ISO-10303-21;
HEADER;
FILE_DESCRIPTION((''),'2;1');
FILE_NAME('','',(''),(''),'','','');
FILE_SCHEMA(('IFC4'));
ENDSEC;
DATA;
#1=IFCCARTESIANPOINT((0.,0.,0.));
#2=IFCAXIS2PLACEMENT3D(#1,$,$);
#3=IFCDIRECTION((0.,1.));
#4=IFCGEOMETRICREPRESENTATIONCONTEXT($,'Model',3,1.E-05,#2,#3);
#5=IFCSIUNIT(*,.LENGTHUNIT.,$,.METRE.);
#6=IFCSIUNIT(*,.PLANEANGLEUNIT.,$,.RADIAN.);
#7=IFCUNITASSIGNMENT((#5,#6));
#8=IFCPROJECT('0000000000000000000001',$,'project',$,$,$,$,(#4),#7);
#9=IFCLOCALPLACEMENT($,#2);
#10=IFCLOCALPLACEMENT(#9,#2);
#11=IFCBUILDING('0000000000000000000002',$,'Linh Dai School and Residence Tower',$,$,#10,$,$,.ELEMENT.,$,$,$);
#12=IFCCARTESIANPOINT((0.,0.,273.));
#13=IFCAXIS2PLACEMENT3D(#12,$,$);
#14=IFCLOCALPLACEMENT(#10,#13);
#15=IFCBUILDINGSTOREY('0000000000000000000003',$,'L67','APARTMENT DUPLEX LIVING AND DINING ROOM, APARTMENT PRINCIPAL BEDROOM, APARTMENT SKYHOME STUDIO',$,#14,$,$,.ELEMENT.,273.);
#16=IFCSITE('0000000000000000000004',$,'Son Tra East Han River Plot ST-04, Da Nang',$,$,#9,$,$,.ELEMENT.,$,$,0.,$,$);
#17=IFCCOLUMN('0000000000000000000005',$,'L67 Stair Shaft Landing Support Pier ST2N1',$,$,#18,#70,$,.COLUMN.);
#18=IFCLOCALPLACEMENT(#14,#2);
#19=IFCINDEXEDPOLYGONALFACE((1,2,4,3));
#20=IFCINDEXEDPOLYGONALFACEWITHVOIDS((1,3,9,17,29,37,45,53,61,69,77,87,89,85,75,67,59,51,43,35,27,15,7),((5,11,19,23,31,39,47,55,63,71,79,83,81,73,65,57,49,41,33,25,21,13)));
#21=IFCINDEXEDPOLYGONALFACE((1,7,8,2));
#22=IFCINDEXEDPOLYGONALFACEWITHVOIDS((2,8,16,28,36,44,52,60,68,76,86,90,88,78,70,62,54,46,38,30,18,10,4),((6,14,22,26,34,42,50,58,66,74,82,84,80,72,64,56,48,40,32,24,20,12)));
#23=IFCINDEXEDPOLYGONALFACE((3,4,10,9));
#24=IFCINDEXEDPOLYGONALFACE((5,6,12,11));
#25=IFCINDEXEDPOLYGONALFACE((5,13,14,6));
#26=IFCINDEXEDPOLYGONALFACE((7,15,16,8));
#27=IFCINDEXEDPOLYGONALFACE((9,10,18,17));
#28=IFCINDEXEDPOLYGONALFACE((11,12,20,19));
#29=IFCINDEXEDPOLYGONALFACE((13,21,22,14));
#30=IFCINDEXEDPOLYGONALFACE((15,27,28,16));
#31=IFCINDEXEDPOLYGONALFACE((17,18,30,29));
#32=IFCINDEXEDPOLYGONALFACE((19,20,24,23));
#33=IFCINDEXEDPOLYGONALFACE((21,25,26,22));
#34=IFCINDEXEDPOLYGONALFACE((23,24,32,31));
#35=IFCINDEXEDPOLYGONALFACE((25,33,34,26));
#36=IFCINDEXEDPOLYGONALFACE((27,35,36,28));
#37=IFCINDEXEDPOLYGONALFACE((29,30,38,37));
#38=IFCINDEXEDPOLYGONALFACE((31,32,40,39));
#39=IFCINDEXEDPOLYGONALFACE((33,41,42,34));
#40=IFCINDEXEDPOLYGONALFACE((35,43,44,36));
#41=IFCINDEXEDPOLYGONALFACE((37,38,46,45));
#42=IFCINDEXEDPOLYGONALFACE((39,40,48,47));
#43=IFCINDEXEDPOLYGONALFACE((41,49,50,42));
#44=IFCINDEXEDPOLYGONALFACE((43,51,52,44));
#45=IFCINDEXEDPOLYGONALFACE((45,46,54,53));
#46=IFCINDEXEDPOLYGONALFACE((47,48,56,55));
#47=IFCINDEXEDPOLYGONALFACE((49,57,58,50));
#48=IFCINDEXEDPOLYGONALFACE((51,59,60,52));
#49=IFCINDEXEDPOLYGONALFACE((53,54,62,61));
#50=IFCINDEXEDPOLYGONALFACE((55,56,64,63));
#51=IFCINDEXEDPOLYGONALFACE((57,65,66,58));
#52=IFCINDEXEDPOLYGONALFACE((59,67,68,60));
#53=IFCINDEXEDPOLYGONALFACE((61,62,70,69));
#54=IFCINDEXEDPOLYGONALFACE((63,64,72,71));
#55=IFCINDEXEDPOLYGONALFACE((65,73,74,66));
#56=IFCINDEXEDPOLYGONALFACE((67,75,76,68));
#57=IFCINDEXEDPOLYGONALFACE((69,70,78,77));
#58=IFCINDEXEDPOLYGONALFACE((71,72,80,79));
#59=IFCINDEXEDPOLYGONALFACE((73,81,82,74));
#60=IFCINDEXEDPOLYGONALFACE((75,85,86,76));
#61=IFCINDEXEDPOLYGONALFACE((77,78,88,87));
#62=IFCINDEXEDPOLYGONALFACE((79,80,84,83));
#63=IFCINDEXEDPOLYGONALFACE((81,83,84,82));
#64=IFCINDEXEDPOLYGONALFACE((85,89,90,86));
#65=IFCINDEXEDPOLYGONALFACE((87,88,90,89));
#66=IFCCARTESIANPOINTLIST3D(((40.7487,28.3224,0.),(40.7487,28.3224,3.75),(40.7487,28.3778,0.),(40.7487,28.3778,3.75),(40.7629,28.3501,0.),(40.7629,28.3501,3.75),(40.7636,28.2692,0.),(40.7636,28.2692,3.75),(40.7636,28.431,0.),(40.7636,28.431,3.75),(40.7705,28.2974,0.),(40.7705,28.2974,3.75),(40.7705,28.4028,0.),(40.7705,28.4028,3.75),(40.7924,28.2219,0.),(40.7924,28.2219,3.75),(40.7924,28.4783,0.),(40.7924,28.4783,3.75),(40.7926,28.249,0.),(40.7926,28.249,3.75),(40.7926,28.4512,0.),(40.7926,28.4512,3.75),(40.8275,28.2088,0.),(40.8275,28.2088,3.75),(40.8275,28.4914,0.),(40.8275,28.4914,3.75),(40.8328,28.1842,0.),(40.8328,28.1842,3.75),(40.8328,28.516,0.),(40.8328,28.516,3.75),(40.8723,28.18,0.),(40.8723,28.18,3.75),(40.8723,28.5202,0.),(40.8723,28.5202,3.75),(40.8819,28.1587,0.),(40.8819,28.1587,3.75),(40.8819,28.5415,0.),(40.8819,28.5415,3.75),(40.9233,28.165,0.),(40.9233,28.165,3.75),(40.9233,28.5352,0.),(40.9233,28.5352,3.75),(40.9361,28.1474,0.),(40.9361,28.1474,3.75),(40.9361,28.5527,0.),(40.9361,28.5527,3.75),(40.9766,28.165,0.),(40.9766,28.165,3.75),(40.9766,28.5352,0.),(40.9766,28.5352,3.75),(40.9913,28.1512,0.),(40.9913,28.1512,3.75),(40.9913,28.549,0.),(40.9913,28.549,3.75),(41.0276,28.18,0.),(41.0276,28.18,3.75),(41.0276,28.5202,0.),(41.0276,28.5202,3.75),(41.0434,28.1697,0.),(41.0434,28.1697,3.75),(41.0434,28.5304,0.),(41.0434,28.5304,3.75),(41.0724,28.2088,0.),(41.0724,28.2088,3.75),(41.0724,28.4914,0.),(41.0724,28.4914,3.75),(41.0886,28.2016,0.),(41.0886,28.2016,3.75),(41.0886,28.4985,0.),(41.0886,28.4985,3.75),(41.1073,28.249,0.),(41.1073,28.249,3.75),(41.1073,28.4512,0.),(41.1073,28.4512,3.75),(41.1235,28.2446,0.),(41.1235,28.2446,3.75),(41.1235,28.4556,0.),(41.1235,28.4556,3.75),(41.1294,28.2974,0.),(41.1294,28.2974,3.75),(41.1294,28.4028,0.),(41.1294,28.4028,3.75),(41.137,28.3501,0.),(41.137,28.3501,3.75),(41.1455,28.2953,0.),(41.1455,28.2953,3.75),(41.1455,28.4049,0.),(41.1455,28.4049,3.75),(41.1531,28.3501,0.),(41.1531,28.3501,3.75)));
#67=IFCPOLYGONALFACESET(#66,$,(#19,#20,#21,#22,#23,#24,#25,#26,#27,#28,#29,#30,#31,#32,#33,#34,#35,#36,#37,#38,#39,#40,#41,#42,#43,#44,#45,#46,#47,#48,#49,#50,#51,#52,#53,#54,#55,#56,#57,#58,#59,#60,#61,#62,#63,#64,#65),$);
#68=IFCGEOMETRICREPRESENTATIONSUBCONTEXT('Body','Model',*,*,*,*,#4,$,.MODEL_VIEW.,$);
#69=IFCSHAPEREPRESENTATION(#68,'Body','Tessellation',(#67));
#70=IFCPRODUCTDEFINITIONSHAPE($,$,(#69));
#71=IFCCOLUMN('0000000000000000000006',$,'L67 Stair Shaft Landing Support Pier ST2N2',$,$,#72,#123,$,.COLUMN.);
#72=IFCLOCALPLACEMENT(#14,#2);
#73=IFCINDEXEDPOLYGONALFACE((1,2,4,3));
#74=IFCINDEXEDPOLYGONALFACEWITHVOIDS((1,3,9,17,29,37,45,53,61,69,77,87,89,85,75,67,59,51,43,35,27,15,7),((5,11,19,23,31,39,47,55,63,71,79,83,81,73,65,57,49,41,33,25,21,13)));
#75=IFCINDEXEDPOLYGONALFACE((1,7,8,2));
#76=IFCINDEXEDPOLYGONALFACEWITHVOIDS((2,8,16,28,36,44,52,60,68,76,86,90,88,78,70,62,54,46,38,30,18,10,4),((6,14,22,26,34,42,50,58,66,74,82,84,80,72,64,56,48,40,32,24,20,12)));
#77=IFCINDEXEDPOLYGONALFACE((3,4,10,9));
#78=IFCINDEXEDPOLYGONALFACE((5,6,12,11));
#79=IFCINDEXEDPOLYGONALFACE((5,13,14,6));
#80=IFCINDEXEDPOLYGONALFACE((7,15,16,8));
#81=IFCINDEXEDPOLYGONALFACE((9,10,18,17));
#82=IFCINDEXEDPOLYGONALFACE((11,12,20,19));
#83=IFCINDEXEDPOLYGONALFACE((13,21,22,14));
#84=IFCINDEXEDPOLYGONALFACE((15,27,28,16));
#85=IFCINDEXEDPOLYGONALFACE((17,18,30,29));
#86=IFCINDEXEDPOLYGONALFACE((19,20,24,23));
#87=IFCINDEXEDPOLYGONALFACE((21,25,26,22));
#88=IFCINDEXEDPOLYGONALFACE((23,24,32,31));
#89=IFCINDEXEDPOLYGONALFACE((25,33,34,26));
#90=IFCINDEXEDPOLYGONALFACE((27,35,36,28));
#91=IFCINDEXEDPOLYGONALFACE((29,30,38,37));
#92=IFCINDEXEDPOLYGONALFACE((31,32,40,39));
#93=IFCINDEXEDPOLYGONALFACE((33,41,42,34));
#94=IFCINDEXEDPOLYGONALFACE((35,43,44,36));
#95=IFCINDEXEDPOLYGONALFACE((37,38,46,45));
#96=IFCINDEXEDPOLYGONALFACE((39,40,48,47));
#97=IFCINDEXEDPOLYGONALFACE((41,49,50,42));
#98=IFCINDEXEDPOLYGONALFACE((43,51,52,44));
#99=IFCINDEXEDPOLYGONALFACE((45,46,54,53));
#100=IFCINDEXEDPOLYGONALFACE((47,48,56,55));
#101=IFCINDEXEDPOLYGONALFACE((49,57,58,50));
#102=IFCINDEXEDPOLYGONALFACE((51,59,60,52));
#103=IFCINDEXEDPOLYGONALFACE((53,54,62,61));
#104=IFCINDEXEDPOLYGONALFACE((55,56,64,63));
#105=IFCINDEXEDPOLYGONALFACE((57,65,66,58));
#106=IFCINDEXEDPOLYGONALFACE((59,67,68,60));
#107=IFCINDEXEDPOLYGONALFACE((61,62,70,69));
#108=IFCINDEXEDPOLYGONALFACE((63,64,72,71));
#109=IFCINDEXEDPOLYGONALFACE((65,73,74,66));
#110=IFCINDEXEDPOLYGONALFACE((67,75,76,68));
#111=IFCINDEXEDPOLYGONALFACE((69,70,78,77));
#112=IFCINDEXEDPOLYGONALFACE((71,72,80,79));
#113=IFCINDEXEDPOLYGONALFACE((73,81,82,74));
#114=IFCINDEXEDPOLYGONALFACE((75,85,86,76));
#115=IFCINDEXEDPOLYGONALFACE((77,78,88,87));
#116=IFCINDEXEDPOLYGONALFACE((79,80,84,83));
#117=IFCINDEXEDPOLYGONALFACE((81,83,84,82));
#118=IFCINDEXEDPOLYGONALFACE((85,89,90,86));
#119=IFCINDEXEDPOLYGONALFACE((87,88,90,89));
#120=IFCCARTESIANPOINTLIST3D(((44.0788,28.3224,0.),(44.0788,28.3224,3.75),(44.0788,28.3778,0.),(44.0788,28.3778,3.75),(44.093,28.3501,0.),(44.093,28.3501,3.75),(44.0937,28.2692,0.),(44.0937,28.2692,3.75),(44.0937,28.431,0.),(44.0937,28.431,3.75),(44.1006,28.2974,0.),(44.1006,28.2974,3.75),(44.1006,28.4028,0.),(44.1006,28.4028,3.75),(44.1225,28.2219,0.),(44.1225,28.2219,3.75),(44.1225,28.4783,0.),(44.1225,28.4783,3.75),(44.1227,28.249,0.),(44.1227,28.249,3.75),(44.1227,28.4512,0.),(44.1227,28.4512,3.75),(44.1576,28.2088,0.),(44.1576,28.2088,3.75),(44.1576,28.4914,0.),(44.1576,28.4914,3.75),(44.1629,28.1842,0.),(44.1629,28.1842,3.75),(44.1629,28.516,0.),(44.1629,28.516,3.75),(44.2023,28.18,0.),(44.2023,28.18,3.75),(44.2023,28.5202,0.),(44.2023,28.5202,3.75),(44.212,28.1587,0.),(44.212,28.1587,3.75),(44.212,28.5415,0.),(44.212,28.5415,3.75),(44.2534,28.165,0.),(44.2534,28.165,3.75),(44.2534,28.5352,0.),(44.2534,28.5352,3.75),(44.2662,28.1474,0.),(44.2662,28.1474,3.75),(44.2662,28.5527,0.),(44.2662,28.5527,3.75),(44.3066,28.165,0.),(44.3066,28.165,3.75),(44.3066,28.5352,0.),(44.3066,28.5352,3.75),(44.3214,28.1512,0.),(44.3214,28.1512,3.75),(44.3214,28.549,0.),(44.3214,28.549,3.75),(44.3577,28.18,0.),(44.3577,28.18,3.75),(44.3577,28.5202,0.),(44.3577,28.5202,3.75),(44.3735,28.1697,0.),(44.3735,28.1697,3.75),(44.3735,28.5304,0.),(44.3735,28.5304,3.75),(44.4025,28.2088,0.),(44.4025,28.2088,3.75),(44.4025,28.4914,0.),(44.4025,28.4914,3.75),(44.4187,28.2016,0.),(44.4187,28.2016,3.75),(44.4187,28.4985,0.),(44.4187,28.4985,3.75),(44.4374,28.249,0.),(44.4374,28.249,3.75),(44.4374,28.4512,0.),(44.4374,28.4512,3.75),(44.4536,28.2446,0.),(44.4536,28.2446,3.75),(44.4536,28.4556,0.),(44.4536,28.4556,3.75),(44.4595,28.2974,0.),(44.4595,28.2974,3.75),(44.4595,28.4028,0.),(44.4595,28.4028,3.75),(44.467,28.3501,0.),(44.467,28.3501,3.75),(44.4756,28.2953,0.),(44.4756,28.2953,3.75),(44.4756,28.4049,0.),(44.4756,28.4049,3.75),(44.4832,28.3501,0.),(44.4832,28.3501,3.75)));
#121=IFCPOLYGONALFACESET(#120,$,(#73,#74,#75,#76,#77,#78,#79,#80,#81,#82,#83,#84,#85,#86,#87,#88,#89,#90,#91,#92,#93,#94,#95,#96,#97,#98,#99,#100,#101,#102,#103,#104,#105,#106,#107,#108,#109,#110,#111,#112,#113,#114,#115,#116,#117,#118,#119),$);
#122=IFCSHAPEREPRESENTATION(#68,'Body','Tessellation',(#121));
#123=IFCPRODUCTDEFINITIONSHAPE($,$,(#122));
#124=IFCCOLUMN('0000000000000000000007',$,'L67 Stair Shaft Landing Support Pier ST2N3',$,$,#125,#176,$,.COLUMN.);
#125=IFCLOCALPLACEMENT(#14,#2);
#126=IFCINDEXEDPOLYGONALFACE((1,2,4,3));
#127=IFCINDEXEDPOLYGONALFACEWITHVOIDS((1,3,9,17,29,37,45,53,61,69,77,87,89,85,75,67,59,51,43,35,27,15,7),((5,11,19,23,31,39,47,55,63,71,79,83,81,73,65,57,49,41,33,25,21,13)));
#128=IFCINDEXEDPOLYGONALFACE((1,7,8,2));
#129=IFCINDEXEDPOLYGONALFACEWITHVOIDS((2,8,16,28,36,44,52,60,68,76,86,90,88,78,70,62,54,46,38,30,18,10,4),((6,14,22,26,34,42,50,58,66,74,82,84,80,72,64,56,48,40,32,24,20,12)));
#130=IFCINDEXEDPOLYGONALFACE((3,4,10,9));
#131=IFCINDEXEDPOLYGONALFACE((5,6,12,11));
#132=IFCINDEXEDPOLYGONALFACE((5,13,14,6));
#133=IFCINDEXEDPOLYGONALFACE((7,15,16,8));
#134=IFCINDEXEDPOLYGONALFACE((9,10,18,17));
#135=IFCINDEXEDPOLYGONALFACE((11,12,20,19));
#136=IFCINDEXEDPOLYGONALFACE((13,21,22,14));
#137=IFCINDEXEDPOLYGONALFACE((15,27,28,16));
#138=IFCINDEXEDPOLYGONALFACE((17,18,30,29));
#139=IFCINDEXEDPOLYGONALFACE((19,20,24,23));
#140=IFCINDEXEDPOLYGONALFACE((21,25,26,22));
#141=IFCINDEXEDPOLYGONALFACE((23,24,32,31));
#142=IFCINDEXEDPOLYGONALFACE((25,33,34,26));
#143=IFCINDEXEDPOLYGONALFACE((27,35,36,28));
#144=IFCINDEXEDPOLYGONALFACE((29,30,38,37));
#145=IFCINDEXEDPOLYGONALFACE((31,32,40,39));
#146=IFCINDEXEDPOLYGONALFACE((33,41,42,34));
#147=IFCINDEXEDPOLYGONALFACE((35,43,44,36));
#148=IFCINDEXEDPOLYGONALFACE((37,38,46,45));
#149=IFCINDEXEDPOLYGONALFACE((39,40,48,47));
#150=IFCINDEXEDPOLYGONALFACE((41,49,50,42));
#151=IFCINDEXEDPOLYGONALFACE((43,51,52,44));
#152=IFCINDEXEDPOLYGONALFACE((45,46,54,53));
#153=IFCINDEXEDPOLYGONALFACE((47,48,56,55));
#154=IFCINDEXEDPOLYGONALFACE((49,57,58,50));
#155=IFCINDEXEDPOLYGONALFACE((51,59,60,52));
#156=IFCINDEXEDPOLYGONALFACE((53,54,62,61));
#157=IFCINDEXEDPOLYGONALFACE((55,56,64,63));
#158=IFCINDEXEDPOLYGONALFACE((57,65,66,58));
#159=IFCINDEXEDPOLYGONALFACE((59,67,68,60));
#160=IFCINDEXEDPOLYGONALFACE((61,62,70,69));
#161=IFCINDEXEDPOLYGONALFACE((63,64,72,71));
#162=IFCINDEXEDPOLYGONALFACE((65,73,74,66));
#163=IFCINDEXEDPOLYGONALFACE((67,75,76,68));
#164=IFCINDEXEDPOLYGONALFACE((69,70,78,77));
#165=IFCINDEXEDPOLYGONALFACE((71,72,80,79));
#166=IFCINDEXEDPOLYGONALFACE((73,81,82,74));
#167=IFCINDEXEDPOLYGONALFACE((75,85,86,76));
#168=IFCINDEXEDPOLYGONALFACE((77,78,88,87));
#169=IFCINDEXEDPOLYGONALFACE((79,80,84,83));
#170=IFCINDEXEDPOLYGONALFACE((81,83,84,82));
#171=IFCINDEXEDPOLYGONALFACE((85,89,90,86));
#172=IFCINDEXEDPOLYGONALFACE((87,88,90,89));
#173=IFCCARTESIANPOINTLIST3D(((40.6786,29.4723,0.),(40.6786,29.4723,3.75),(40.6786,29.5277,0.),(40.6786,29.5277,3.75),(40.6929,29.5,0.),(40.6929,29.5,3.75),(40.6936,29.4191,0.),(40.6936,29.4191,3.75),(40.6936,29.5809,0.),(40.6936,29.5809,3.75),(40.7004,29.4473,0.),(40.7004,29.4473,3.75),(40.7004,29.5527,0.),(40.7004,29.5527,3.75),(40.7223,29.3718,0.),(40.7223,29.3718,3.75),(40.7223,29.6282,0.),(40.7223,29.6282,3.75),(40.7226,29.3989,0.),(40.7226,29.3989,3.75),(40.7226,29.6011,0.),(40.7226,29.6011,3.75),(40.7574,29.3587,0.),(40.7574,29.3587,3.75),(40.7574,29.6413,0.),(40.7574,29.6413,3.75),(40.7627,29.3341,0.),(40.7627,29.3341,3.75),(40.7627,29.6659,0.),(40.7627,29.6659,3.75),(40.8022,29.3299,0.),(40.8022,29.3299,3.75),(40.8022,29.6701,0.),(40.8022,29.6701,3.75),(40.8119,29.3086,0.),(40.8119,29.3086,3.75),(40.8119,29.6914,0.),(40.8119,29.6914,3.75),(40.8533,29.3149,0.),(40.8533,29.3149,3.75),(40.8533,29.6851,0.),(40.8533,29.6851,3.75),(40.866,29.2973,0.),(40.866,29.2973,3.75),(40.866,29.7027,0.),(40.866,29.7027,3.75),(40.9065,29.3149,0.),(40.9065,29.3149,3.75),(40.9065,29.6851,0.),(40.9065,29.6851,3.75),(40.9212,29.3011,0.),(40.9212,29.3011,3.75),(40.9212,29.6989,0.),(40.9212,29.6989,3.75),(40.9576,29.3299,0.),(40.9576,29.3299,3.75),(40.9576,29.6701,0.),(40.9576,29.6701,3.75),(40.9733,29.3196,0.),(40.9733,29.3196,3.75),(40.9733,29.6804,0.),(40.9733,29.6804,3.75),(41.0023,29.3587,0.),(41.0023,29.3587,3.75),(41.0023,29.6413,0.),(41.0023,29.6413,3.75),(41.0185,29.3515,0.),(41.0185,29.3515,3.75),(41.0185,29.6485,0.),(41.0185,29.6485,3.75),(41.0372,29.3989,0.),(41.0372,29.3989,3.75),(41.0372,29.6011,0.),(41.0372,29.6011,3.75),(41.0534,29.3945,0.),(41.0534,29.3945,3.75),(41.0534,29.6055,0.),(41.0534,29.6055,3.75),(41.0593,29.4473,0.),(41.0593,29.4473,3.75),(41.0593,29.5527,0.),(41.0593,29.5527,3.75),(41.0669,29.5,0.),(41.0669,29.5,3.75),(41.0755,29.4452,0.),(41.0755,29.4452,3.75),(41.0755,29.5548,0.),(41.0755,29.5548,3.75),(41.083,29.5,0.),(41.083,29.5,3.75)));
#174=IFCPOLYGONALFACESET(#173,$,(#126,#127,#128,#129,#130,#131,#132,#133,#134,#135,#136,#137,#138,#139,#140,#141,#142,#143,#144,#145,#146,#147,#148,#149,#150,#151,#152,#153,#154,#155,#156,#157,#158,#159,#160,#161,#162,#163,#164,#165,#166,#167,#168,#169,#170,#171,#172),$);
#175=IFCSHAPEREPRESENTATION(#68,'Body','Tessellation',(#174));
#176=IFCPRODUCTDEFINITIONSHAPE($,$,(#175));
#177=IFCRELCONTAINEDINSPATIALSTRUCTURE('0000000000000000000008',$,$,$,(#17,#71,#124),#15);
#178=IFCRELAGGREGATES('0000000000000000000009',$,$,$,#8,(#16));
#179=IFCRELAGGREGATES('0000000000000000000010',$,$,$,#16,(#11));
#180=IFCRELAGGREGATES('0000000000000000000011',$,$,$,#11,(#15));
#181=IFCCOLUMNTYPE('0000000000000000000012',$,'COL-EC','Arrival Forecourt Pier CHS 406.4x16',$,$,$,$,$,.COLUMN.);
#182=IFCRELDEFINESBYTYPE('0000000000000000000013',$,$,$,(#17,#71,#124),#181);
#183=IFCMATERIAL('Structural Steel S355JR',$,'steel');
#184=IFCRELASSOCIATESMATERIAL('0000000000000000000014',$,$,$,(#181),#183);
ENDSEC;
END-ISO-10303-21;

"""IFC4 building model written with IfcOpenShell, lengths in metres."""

from ifc_helpers import new_model, si_unit, direction, frame, origin, origin_2d, place, context, subcontext, project, spatial, hollow_circle, extrude, material, material_profile, profile_set, type_object, element, save


model = new_model("IFC4")

# Units and contexts
model_context = context("Model", 3, precision=1e-05, world=origin(), true_north=direction((0.0, 1.0)))
body_context = subcontext(model_context, "Body", "Model", "MODEL_VIEW")
ifc_project = project(units=[si_unit("LENGTHUNIT", "METRE"), si_unit("PLANEANGLEUNIT", "RADIAN")], contexts=[model_context])

# Site, building, storey
site_placement = place(None, origin())
site = spatial("IfcSite", under=ifc_project, at=site_placement, Name="Son Tra East Han River Plot ST-04, Da Nang", CompositionType="ELEMENT", RefElevation=0.0)
building_placement = place(site_placement, origin())
building = spatial("IfcBuilding", under=site, at=building_placement, Name="Linh Dai School and Residence Tower", CompositionType="ELEMENT")
storey_placement = place(building_placement, frame((0.0, 0.0, 273.0)))
storey = spatial("IfcBuildingStorey", under=building, at=storey_placement, Name="L67", Description="APARTMENT DUPLEX LIVING AND DINING ROOM, APARTMENT PRINCIPAL BEDROOM, APARTMENT SKYHOME STUDIO", CompositionType="ELEMENT", Elevation=273.0)

# Columns
ifc_material_1 = material(Name="Structural Steel S355JR", Category="steel")
ifc_material_profile_1 = material_profile(ifc_material_1, hollow_circle(Radius=0.2031, WallThickness=0.0161, at=origin_2d()), Name="CHS 406.4x16")
ifc_profile_set_1 = profile_set([ifc_material_profile_1], Name="Structural Steel S355JR")
column_type_1 = type_object("IfcColumnType", Name="COL-EC", Description="Arrival Forecourt Pier CHS 406.4x16", PredefinedType="COLUMN", material=ifc_profile_set_1)
for number, where, z_axis, x_axis, name in (
    (1, (40.95, 28.3501, 0.0), (0.0, 0.0, 1.0), (1.0, 0.0, 0.0), "L67 Stair Shaft Landing Support Pier ST2N1"),
    (2, (44.28, 28.3501, 0.0), (0.0, 0.0, 1.0), (1.0, 0.0, 0.0), "L67 Stair Shaft Landing Support Pier ST2N2"),
    (3, (40.8799, 29.5, 0.0), (0.0, 0.0, 1.0), (1.0, 0.0, 0.0), "L67 Stair Shaft Landing Support Pier ST2N3"),
):
    element("IfcColumn", number, at=place(storey_placement, frame(where, z_axis=z_axis, x_axis=x_axis)), inside=storey, type_object=column_type_1, Name=name, PredefinedType="COLUMN", context=body_context, shape_type="SweptSolid", body=[
        extrude(hollow_circle(Radius=0.2031, WallThickness=0.0161, at=origin_2d()), origin(), (0.0, 0.0, 1.0), 3.75),
    ])

save(model, "model.ifc")
